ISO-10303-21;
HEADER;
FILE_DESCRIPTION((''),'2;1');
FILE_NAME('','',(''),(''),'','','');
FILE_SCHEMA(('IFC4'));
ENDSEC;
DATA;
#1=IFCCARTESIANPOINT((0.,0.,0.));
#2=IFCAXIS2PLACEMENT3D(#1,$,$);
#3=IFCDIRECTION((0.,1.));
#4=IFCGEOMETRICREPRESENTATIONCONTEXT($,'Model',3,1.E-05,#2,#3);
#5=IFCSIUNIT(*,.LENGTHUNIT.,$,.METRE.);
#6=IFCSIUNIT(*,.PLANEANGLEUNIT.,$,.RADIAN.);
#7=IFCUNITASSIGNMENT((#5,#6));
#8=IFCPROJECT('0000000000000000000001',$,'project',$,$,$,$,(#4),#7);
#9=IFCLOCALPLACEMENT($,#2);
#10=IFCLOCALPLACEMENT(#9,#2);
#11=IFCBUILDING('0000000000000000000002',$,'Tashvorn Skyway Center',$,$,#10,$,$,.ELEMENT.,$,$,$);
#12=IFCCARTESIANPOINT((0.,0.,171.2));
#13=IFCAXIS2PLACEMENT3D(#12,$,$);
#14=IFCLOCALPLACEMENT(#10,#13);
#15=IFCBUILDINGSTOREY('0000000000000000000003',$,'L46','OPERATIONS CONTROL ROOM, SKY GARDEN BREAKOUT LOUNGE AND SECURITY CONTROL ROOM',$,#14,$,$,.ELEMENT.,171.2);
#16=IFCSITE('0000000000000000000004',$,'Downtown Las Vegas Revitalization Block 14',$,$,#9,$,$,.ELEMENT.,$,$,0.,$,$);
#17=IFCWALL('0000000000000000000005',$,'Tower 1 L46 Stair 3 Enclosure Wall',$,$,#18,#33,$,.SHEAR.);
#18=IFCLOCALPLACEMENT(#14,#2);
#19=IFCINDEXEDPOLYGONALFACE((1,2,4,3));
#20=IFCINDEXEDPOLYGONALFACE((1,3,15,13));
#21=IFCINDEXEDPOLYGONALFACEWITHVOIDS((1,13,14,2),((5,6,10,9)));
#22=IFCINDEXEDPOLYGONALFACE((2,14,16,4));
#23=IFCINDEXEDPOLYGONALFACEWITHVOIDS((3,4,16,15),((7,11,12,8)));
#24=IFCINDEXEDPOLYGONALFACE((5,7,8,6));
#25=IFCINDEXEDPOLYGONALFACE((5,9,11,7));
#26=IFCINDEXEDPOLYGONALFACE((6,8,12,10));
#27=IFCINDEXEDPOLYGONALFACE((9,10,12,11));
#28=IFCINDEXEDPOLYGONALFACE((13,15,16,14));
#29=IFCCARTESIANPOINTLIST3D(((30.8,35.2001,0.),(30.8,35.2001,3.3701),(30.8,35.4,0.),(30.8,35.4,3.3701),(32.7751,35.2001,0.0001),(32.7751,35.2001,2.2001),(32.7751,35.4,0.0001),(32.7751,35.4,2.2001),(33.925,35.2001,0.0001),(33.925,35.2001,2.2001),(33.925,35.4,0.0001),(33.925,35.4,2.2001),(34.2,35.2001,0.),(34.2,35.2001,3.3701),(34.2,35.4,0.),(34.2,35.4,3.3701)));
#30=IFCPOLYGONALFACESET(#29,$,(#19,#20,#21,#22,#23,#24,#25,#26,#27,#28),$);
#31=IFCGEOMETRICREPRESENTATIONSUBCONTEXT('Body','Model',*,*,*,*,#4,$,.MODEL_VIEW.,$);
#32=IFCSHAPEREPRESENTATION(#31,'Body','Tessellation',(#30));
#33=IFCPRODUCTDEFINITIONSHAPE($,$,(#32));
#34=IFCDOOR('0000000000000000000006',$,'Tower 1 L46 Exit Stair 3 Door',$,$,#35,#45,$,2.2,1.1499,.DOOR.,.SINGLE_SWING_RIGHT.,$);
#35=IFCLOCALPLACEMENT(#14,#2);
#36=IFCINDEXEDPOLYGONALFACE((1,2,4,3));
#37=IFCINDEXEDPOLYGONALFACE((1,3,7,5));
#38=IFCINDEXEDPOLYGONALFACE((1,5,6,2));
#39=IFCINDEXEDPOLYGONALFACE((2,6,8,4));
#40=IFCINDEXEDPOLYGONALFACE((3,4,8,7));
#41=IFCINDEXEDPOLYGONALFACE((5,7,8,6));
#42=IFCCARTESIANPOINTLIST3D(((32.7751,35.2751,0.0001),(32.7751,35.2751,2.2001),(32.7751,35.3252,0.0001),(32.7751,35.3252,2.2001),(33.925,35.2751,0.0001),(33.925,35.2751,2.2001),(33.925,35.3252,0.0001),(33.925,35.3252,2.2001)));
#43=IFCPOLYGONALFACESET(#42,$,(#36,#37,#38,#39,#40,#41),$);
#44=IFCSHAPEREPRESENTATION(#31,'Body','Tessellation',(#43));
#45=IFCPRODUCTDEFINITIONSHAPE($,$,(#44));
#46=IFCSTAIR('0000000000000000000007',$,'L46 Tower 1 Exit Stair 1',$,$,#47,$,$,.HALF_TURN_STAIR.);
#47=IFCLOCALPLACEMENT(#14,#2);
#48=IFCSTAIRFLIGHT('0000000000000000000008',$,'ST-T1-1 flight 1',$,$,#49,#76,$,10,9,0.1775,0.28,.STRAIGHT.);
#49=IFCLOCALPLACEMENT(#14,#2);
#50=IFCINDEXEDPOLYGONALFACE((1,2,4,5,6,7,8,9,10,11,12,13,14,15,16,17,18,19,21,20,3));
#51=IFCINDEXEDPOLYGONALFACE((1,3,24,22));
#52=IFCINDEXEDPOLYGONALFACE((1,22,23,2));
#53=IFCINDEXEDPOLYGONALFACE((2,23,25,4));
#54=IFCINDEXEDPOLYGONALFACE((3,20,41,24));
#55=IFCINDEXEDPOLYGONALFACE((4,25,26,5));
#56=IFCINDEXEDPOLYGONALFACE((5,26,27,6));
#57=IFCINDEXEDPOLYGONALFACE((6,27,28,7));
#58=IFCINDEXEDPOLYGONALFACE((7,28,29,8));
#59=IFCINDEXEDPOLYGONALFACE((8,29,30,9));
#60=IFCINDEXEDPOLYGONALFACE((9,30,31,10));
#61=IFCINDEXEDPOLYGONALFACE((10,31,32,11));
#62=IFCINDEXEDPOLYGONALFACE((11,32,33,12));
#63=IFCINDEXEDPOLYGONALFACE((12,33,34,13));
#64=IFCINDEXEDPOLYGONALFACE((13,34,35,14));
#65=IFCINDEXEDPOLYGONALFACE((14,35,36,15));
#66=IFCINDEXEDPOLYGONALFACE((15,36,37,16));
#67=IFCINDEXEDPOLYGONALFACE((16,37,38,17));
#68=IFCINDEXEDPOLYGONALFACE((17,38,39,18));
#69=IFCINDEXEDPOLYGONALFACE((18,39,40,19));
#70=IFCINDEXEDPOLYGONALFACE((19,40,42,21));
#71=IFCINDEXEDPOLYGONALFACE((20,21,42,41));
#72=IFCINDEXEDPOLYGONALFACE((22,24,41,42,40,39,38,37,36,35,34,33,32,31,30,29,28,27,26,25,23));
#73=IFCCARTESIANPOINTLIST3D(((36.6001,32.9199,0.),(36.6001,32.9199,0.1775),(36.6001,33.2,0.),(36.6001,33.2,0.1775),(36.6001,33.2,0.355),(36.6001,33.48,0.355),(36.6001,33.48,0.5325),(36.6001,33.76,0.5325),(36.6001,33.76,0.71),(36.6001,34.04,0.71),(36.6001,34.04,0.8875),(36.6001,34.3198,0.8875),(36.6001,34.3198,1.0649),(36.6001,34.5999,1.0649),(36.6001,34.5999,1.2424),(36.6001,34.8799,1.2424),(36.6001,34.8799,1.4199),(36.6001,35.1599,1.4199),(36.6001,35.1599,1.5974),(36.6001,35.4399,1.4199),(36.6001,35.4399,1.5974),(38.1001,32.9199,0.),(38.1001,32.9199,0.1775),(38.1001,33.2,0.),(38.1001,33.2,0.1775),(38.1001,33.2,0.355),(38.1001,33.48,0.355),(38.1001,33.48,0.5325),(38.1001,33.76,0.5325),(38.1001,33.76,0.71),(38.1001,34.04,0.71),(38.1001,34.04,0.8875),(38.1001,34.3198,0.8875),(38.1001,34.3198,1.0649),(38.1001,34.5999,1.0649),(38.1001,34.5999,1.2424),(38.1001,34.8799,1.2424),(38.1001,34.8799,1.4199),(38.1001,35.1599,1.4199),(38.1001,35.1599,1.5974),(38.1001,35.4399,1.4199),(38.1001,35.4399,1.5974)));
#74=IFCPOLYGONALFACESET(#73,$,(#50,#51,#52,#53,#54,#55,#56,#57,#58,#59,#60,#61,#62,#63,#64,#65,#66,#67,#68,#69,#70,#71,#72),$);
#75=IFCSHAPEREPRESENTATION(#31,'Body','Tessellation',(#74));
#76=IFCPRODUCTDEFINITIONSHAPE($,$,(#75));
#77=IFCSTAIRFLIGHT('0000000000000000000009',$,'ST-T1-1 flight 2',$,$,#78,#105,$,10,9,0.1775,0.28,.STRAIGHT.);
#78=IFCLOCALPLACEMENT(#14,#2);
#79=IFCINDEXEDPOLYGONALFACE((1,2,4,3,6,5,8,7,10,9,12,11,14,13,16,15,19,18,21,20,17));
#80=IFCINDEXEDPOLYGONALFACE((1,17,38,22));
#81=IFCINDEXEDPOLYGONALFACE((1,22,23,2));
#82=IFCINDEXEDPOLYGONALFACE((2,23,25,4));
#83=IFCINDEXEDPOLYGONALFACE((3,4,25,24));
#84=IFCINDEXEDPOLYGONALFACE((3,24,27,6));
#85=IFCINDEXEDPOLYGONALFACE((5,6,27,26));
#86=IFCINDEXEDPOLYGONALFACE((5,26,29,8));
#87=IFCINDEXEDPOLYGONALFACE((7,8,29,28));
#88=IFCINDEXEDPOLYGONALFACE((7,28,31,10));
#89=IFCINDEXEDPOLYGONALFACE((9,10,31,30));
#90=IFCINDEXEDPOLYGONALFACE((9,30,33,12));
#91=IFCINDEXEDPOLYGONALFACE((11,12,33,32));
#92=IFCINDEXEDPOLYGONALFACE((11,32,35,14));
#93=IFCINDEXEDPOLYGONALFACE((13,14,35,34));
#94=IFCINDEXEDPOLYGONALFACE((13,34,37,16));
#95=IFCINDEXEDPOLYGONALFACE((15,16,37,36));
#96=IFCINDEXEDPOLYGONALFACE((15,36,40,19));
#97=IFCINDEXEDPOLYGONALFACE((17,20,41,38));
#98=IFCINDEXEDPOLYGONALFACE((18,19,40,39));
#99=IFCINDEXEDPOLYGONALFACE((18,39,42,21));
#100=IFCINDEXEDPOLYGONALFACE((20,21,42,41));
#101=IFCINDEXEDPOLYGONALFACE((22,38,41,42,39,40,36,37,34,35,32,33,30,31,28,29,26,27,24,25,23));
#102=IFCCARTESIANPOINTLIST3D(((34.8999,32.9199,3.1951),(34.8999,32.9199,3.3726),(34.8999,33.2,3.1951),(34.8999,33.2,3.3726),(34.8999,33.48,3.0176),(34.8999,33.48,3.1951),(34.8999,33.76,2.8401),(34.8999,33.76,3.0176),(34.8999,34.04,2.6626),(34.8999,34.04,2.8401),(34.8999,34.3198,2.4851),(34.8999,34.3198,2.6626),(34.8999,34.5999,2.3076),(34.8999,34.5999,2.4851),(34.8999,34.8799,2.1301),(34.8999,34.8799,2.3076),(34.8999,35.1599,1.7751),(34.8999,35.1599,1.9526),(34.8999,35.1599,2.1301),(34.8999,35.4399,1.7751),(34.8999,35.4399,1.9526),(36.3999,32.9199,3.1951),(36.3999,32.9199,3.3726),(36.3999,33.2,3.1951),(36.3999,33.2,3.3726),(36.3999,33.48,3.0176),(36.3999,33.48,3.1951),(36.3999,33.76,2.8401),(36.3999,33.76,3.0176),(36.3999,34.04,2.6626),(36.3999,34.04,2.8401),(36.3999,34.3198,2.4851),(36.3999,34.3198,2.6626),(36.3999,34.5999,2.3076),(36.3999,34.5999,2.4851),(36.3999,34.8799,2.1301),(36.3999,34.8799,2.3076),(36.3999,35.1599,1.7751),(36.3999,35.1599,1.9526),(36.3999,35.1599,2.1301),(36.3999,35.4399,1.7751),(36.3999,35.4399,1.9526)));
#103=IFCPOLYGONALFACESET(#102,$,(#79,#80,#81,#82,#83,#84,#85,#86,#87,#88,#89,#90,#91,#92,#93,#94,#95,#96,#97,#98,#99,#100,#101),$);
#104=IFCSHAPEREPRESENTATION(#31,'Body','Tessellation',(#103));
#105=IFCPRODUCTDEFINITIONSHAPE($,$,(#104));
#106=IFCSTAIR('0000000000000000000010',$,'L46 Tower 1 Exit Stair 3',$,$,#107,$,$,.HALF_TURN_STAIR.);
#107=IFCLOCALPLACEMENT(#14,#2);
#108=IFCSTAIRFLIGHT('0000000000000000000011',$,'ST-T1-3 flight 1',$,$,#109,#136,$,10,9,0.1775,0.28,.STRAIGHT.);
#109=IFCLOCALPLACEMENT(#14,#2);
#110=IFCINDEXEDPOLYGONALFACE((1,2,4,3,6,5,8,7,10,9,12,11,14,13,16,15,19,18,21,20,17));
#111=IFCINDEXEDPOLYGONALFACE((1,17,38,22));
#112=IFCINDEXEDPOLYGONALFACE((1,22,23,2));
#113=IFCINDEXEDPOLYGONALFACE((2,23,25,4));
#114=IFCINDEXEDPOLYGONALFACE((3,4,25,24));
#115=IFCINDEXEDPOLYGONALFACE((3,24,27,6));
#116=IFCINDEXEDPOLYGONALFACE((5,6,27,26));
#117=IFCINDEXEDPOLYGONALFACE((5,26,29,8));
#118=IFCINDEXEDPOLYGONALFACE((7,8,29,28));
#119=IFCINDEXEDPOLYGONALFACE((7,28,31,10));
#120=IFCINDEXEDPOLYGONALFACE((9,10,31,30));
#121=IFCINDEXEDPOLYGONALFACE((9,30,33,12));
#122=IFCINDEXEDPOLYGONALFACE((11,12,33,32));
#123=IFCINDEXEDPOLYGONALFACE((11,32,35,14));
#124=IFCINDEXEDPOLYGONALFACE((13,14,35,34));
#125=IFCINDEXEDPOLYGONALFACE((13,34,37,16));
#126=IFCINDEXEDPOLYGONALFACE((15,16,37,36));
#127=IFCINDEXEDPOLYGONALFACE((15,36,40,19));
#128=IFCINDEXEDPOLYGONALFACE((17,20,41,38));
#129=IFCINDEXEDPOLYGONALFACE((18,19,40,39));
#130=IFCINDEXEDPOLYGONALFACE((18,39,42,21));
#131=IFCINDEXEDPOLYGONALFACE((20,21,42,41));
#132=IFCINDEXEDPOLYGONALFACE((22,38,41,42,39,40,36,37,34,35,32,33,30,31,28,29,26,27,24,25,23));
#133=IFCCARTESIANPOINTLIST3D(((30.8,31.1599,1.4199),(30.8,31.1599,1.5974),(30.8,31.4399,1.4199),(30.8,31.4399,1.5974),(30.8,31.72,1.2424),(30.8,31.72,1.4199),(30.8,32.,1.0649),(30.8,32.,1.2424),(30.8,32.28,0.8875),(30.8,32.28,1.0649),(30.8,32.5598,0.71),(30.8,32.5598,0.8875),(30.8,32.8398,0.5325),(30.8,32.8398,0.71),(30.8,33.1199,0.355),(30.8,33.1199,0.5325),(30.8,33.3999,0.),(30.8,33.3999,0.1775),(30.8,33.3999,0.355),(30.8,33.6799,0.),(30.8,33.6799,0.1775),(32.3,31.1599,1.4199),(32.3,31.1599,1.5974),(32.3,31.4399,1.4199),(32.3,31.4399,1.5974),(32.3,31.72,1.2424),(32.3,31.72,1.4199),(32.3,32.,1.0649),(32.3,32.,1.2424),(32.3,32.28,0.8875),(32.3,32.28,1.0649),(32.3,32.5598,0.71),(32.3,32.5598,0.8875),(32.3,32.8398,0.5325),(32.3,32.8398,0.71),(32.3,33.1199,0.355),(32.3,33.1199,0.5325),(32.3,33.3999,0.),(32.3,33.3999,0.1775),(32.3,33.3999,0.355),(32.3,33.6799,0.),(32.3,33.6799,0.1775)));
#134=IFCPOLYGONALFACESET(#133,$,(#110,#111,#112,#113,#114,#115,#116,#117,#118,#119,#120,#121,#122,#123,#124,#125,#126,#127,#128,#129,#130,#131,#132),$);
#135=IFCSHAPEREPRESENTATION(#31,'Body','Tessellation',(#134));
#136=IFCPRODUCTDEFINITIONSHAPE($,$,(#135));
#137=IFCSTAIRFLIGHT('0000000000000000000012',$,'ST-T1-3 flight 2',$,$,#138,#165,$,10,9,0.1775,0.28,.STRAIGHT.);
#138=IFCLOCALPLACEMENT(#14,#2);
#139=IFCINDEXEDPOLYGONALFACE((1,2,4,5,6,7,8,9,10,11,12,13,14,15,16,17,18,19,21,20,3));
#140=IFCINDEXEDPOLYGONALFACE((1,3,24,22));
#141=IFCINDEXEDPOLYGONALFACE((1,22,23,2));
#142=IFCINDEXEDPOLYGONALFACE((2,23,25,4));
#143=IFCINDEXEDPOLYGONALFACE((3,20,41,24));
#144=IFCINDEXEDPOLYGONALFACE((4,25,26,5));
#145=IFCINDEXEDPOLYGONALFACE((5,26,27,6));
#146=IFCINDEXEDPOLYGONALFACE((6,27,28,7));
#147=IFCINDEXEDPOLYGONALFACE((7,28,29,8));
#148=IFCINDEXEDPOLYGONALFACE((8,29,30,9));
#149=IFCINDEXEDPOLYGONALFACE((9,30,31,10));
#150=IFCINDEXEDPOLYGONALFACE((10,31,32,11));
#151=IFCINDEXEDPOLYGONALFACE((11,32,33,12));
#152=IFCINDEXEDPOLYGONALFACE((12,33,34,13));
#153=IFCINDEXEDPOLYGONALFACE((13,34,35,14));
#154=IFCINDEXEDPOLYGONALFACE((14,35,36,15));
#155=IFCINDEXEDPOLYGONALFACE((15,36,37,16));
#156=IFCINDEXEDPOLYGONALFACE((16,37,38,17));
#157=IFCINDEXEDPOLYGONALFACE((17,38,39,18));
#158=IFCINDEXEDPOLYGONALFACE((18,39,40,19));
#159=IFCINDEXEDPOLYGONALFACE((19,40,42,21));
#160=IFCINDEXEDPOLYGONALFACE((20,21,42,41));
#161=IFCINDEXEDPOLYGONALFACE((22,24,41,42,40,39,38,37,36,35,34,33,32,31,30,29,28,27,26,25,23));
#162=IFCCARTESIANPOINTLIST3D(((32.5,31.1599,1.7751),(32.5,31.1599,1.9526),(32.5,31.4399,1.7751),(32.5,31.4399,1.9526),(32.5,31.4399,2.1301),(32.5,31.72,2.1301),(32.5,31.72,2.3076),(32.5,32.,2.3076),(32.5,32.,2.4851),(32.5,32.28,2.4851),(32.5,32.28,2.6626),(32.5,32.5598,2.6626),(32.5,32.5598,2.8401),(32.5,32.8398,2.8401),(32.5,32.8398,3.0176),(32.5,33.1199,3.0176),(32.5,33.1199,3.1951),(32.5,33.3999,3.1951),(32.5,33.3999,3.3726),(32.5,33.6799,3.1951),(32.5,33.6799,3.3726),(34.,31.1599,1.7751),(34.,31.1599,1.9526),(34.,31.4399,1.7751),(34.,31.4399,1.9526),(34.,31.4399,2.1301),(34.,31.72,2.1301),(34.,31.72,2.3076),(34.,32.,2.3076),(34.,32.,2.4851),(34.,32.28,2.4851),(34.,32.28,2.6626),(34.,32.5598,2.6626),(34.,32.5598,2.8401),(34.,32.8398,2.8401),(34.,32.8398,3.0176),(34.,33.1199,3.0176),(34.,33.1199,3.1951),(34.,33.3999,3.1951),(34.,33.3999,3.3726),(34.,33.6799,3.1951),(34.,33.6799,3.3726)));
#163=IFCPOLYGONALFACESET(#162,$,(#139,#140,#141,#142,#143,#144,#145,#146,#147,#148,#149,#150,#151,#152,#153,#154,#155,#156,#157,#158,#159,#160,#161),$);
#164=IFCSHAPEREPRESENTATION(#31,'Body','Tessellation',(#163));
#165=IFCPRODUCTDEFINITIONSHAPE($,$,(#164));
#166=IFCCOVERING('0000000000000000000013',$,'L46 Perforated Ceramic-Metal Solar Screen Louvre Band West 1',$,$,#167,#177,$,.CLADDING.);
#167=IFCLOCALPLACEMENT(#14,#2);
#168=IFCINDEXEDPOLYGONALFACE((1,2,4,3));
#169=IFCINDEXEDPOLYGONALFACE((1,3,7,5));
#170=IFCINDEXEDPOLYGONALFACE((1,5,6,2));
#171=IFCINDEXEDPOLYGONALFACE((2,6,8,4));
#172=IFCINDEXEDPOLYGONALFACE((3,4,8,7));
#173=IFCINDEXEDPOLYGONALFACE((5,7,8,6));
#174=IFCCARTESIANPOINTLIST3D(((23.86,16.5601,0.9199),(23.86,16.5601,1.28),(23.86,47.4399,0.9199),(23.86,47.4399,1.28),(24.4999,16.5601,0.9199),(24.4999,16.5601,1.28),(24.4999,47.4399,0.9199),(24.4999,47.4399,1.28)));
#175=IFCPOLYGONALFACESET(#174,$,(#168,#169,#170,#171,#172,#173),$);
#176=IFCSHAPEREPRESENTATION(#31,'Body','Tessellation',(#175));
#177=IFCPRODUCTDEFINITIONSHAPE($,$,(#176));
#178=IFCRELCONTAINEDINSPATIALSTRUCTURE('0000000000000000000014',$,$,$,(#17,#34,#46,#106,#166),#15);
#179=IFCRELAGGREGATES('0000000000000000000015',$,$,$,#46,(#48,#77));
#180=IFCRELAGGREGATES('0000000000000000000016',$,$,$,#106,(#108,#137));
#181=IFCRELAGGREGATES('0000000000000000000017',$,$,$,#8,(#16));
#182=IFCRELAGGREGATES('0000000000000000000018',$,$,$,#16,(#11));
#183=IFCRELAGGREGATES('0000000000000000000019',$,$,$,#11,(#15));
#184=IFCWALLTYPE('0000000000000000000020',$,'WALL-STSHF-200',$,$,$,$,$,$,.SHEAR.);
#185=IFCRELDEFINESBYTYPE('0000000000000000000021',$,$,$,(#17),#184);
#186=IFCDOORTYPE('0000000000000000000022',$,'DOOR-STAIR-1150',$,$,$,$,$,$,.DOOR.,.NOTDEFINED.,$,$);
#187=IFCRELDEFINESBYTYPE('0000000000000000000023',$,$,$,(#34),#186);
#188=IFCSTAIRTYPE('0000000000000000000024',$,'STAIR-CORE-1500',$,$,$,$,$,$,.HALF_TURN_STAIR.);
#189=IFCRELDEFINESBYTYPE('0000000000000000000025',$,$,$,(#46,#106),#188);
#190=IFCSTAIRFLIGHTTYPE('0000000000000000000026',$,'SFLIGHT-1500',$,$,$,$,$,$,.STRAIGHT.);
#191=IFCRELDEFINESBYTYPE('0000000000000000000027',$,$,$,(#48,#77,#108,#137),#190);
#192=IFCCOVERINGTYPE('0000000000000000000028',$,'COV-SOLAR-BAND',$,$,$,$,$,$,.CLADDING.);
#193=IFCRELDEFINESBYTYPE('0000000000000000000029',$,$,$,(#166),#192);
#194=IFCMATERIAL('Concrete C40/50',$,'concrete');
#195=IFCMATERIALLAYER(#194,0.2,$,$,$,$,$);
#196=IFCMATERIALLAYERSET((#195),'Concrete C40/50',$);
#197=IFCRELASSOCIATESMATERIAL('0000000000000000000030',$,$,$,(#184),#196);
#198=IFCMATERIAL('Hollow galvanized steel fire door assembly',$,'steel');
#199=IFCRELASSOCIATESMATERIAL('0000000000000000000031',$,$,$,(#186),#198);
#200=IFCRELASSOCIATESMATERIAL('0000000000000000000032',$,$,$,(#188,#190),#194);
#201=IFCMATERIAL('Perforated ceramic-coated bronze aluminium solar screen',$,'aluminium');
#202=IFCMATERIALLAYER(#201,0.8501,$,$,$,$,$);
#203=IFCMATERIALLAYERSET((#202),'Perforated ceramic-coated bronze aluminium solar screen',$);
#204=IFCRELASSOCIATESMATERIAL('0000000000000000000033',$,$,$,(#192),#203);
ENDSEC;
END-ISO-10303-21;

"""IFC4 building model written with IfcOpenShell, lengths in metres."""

from ifc_helpers import new_model, si_unit, direction, frame, frame_2d, origin, origin_2d, place, context, subcontext, project, spatial, polyline, rectangle, outline, extrude, material, layer, layer_set, type_object, element, fill, aggregate, save


model = new_model("IFC4")

# Units and contexts
model_context = context("Model", 3, precision=1e-05, world=origin(), true_north=direction((0.0, 1.0)))
body_context = subcontext(model_context, "Body", "Model", "MODEL_VIEW")
ifc_project = project(units=[si_unit("LENGTHUNIT", "METRE"), si_unit("PLANEANGLEUNIT", "RADIAN")], contexts=[model_context])

# Site, building, storey
site_placement = place(None, origin())
site = spatial("IfcSite", under=ifc_project, at=site_placement, Name="Downtown Las Vegas Revitalization Block 14", CompositionType="ELEMENT", RefElevation=0.0)
building_placement = place(site_placement, origin())
building = spatial("IfcBuilding", under=site, at=building_placement, Name="Tashvorn Skyway Center", CompositionType="ELEMENT")
storey_placement = place(building_placement, frame((0.0, 0.0, 171.2)))
storey = spatial("IfcBuildingStorey", under=building, at=storey_placement, Name="L46", Description="OPERATIONS CONTROL ROOM, SKY GARDEN BREAKOUT LOUNGE AND SECURITY CONTROL ROOM", CompositionType="ELEMENT", Elevation=171.2)

# Shared definitions
ifc_material_1 = material(Name="Concrete C40/50", Category="concrete")
ifc_layer_1 = layer(ifc_material_1, 0.2)
ifc_layer_set_1 = layer_set([ifc_layer_1], Name="Concrete C40/50")
wall_type_1 = type_object("IfcWallType", Name="WALL-STSHF-200", PredefinedType="SHEAR", material=ifc_layer_set_1)

# Wall, opening, door
wall_1_placement = place(storey_placement, frame((34.2, 35.3, 0.0), z_axis=(0.0, 0.0, 1.0), x_axis=(-1.0, 0.0, 0.0)))
wall_1 = element("IfcWall", 1, at=wall_1_placement, inside=storey, type_object=wall_type_1, Name="Tower 1 L46 Stair 3 Enclosure Wall", PredefinedType="SHEAR", context=body_context, shape_type="SweptSolid", body=[
    extrude(rectangle(XDim=3.3999, YDim=0.2, at=frame_2d((1.7, 0.0))), origin(), (0.0, 0.0, 1.0), 3.3701),
])
opening_placement = place(wall_1_placement, frame((0.2749, 0.0, 0.0)))
opening = element("IfcOpeningElement", 2, at=opening_placement, cuts=wall_1, PredefinedType="OPENING", context=body_context, shape_type="SweptSolid", body=[
    extrude(rectangle(XDim=1.1499, YDim=2.2, at=frame_2d((0.575, 1.1001))), frame((0.0, 0.1099, 0.0), z_axis=(0.0, -1.0, 0.0), x_axis=(1.0, 0.0, 0.0)), (0.0, 0.0, 1.0), 0.22),
])
ifc_material_2 = material(Name="Hollow galvanized steel fire door assembly", Category="steel")
door_type = type_object("IfcDoorType", Name="DOOR-STAIR-1150", OperationType="NOTDEFINED", PredefinedType="DOOR", material=ifc_material_2)
door_placement = place(opening_placement, origin())
door = element("IfcDoor", 3, at=door_placement, inside=storey, type_object=door_type, Name="Tower 1 L46 Exit Stair 3 Door", OperationType="SINGLE_SWING_RIGHT", OverallHeight=2.2, OverallWidth=1.1499, PredefinedType="DOOR", context=body_context, shape_type="SweptSolid", body=[
    extrude(rectangle(XDim=1.1499, YDim=2.2, at=frame_2d((0.575, 1.1001))), frame((0.0, 0.0249, 0.0), z_axis=(0.0, -1.0, 0.0), x_axis=(1.0, 0.0, 0.0)), (0.0, 0.0, 1.0), 0.05),
])
fill(opening, door)

# Stairs, stair flights
stair_type = type_object("IfcStairType", Name="STAIR-CORE-1500", PredefinedType="HALF_TURN_STAIR", material=ifc_material_1)
stair_1_placement = place(storey_placement, origin())
stair_1 = element("IfcStair", 4, at=stair_1_placement, inside=storey, type_object=stair_type, Name="L46 Tower 1 Exit Stair 1", PredefinedType="HALF_TURN_STAIR")
stair_flight_type = type_object("IfcStairFlightType", Name="SFLIGHT-1500", PredefinedType="STRAIGHT", material=ifc_material_1)
stair_flight_1_placement = place(storey_placement, frame((37.3501, 32.9199, 0.0), z_axis=(0.0, 0.0, 1.0), x_axis=(0.0, 1.0, 0.0)))
stair_flight_1 = element("IfcStairFlight", 5, at=stair_flight_1_placement, type_object=stair_flight_type, Name="ST-T1-1 flight 1", NumberOfRisers=10, NumberOfTreads=9, PredefinedType="STRAIGHT", RiserHeight=0.1775, TreadLength=0.28, context=body_context, shape_type="SweptSolid", body=[
    extrude(outline(polyline([(0.0, 0.0), (0.0, 0.1775), (0.28, 0.1775), (0.28, 0.355), (0.5601, 0.355), (0.5601, 0.5325), (0.8401, 0.5325), (0.8401, 0.71), (1.1201, 0.71), (1.1201, 0.8875), (1.3999, 0.8875), (1.3999, 1.0649), (1.6799, 1.0649), (1.6799, 1.2424), (1.96, 1.2424), (1.96, 1.4199), (2.24, 1.4199), (2.24, 1.5974), (2.52, 1.5974), (2.52, 1.7749), (2.52, 1.4199), (0.28, 0.0), (0.0, 0.0)])), frame((0.0, 0.75, 0.0), z_axis=(0.0, -1.0, 0.0), x_axis=(1.0, 0.0, 0.0)), (0.0, 0.0, 1.0), 1.5),
])
stair_flight_2_placement = place(storey_placement, frame((35.6499, 35.4399, 1.7751), z_axis=(0.0, 0.0, 1.0), x_axis=(0.0, -1.0, 0.0)))
stair_flight_2 = element("IfcStairFlight", 6, at=stair_flight_2_placement, type_object=stair_flight_type, Name="ST-T1-1 flight 2", NumberOfRisers=10, NumberOfTreads=9, PredefinedType="STRAIGHT", RiserHeight=0.1775, TreadLength=0.28, context=body_context, shape_type="SweptSolid", body=[
    extrude(outline(polyline([(0.0, 0.0), (0.0, 0.1775), (0.28, 0.1775), (0.28, 0.355), (0.5601, 0.355), (0.5601, 0.5325), (0.8401, 0.5325), (0.8401, 0.71), (1.1201, 0.71), (1.1201, 0.8875), (1.3999, 0.8875), (1.3999, 1.0649), (1.6799, 1.0649), (1.6799, 1.2424), (1.96, 1.2424), (1.96, 1.4199), (2.24, 1.4199), (2.24, 1.5974), (2.52, 1.5974), (2.52, 1.7749), (2.52, 1.4199), (0.28, 0.0), (0.0, 0.0)])), frame((0.0, 0.75, 0.0), z_axis=(0.0, -1.0, 0.0), x_axis=(1.0, 0.0, 0.0)), (0.0, 0.0, 1.0), 1.5),
])
aggregate(stair_1, [stair_flight_1, stair_flight_2])
stair_2_placement = place(storey_placement, origin())
stair_2 = element("IfcStair", 7, at=stair_2_placement, inside=storey, type_object=stair_type, Name="L46 Tower 1 Exit Stair 3", PredefinedType="HALF_TURN_STAIR")
stair_flight_3_placement = place(storey_placement, frame((31.55, 33.6799, 0.0), z_axis=(0.0, 0.0, 1.0), x_axis=(0.0, -1.0, 0.0)))
stair_flight_3 = element("IfcStairFlight", 8, at=stair_flight_3_placement, type_object=stair_flight_type, Name="ST-T1-3 flight 1", NumberOfRisers=10, NumberOfTreads=9, PredefinedType="STRAIGHT", RiserHeight=0.1775, TreadLength=0.28, context=body_context, shape_type="SweptSolid", body=[
    extrude(outline(polyline([(0.0, 0.0), (0.0, 0.1775), (0.28, 0.1775), (0.28, 0.355), (0.5601, 0.355), (0.5601, 0.5325), (0.8401, 0.5325), (0.8401, 0.71), (1.1201, 0.71), (1.1201, 0.8875), (1.3999, 0.8875), (1.3999, 1.0649), (1.6799, 1.0649), (1.6799, 1.2424), (1.96, 1.2424), (1.96, 1.4199), (2.24, 1.4199), (2.24, 1.5974), (2.52, 1.5974), (2.52, 1.7749), (2.52, 1.4199), (0.28, 0.0), (0.0, 0.0)])), frame((0.0, 0.75, 0.0), z_axis=(0.0, -1.0, 0.0), x_axis=(1.0, 0.0, 0.0)), (0.0, 0.0, 1.0), 1.5),
])
stair_flight_4_placement = place(storey_placement, frame((33.25, 31.1599, 1.7751), z_axis=(0.0, 0.0, 1.0), x_axis=(0.0, 1.0, 0.0)))
stair_flight_4 = element("IfcStairFlight", 9, at=stair_flight_4_placement, type_object=stair_flight_type, Name="ST-T1-3 flight 2", NumberOfRisers=10, NumberOfTreads=9, PredefinedType="STRAIGHT", RiserHeight=0.1775, TreadLength=0.28, context=body_context, shape_type="SweptSolid", body=[
    extrude(outline(polyline([(0.0, 0.0), (0.0, 0.1775), (0.28, 0.1775), (0.28, 0.355), (0.5601, 0.355), (0.5601, 0.5325), (0.8401, 0.5325), (0.8401, 0.71), (1.1201, 0.71), (1.1201, 0.8875), (1.3999, 0.8875), (1.3999, 1.0649), (1.6799, 1.0649), (1.6799, 1.2424), (1.96, 1.2424), (1.96, 1.4199), (2.24, 1.4199), (2.24, 1.5974), (2.52, 1.5974), (2.52, 1.7749), (2.52, 1.4199), (0.28, 0.0), (0.0, 0.0)])), frame((0.0, 0.75, 0.0), z_axis=(0.0, -1.0, 0.0), x_axis=(1.0, 0.0, 0.0)), (0.0, 0.0, 1.0), 1.5),
])
aggregate(stair_2, [stair_flight_3, stair_flight_4])

# Covering
ifc_material_3 = material(Name="Perforated ceramic-coated bronze aluminium solar screen", Category="aluminium")
ifc_layer_2 = layer(ifc_material_3, 0.8501)
ifc_layer_set_2 = layer_set([ifc_layer_2], Name="Perforated ceramic-coated bronze aluminium solar screen")
covering_type = type_object("IfcCoveringType", Name="COV-SOLAR-BAND", PredefinedType="CLADDING", material=ifc_layer_set_2)
for number, where, z_axis, x_axis, name in (
    (10, (24.1799, 32.0, 0.9199), (0.0, 0.0, 1.0), (0.0, 1.0, 0.0), "L46 Perforated Ceramic-Metal Solar Screen Louvre Band West 1"),
):
    element("IfcCovering", number, at=place(storey_placement, frame(where, z_axis=z_axis, x_axis=x_axis)), inside=storey, type_object=covering_type, Name=name, PredefinedType="CLADDING", context=body_context, shape_type="SweptSolid", body=[
        extrude(rectangle(XDim=30.8799, YDim=0.6399, at=origin_2d()), origin(), (0.0, 0.0, 1.0), 0.3601),
    ])

save(model, "model.ifc")
